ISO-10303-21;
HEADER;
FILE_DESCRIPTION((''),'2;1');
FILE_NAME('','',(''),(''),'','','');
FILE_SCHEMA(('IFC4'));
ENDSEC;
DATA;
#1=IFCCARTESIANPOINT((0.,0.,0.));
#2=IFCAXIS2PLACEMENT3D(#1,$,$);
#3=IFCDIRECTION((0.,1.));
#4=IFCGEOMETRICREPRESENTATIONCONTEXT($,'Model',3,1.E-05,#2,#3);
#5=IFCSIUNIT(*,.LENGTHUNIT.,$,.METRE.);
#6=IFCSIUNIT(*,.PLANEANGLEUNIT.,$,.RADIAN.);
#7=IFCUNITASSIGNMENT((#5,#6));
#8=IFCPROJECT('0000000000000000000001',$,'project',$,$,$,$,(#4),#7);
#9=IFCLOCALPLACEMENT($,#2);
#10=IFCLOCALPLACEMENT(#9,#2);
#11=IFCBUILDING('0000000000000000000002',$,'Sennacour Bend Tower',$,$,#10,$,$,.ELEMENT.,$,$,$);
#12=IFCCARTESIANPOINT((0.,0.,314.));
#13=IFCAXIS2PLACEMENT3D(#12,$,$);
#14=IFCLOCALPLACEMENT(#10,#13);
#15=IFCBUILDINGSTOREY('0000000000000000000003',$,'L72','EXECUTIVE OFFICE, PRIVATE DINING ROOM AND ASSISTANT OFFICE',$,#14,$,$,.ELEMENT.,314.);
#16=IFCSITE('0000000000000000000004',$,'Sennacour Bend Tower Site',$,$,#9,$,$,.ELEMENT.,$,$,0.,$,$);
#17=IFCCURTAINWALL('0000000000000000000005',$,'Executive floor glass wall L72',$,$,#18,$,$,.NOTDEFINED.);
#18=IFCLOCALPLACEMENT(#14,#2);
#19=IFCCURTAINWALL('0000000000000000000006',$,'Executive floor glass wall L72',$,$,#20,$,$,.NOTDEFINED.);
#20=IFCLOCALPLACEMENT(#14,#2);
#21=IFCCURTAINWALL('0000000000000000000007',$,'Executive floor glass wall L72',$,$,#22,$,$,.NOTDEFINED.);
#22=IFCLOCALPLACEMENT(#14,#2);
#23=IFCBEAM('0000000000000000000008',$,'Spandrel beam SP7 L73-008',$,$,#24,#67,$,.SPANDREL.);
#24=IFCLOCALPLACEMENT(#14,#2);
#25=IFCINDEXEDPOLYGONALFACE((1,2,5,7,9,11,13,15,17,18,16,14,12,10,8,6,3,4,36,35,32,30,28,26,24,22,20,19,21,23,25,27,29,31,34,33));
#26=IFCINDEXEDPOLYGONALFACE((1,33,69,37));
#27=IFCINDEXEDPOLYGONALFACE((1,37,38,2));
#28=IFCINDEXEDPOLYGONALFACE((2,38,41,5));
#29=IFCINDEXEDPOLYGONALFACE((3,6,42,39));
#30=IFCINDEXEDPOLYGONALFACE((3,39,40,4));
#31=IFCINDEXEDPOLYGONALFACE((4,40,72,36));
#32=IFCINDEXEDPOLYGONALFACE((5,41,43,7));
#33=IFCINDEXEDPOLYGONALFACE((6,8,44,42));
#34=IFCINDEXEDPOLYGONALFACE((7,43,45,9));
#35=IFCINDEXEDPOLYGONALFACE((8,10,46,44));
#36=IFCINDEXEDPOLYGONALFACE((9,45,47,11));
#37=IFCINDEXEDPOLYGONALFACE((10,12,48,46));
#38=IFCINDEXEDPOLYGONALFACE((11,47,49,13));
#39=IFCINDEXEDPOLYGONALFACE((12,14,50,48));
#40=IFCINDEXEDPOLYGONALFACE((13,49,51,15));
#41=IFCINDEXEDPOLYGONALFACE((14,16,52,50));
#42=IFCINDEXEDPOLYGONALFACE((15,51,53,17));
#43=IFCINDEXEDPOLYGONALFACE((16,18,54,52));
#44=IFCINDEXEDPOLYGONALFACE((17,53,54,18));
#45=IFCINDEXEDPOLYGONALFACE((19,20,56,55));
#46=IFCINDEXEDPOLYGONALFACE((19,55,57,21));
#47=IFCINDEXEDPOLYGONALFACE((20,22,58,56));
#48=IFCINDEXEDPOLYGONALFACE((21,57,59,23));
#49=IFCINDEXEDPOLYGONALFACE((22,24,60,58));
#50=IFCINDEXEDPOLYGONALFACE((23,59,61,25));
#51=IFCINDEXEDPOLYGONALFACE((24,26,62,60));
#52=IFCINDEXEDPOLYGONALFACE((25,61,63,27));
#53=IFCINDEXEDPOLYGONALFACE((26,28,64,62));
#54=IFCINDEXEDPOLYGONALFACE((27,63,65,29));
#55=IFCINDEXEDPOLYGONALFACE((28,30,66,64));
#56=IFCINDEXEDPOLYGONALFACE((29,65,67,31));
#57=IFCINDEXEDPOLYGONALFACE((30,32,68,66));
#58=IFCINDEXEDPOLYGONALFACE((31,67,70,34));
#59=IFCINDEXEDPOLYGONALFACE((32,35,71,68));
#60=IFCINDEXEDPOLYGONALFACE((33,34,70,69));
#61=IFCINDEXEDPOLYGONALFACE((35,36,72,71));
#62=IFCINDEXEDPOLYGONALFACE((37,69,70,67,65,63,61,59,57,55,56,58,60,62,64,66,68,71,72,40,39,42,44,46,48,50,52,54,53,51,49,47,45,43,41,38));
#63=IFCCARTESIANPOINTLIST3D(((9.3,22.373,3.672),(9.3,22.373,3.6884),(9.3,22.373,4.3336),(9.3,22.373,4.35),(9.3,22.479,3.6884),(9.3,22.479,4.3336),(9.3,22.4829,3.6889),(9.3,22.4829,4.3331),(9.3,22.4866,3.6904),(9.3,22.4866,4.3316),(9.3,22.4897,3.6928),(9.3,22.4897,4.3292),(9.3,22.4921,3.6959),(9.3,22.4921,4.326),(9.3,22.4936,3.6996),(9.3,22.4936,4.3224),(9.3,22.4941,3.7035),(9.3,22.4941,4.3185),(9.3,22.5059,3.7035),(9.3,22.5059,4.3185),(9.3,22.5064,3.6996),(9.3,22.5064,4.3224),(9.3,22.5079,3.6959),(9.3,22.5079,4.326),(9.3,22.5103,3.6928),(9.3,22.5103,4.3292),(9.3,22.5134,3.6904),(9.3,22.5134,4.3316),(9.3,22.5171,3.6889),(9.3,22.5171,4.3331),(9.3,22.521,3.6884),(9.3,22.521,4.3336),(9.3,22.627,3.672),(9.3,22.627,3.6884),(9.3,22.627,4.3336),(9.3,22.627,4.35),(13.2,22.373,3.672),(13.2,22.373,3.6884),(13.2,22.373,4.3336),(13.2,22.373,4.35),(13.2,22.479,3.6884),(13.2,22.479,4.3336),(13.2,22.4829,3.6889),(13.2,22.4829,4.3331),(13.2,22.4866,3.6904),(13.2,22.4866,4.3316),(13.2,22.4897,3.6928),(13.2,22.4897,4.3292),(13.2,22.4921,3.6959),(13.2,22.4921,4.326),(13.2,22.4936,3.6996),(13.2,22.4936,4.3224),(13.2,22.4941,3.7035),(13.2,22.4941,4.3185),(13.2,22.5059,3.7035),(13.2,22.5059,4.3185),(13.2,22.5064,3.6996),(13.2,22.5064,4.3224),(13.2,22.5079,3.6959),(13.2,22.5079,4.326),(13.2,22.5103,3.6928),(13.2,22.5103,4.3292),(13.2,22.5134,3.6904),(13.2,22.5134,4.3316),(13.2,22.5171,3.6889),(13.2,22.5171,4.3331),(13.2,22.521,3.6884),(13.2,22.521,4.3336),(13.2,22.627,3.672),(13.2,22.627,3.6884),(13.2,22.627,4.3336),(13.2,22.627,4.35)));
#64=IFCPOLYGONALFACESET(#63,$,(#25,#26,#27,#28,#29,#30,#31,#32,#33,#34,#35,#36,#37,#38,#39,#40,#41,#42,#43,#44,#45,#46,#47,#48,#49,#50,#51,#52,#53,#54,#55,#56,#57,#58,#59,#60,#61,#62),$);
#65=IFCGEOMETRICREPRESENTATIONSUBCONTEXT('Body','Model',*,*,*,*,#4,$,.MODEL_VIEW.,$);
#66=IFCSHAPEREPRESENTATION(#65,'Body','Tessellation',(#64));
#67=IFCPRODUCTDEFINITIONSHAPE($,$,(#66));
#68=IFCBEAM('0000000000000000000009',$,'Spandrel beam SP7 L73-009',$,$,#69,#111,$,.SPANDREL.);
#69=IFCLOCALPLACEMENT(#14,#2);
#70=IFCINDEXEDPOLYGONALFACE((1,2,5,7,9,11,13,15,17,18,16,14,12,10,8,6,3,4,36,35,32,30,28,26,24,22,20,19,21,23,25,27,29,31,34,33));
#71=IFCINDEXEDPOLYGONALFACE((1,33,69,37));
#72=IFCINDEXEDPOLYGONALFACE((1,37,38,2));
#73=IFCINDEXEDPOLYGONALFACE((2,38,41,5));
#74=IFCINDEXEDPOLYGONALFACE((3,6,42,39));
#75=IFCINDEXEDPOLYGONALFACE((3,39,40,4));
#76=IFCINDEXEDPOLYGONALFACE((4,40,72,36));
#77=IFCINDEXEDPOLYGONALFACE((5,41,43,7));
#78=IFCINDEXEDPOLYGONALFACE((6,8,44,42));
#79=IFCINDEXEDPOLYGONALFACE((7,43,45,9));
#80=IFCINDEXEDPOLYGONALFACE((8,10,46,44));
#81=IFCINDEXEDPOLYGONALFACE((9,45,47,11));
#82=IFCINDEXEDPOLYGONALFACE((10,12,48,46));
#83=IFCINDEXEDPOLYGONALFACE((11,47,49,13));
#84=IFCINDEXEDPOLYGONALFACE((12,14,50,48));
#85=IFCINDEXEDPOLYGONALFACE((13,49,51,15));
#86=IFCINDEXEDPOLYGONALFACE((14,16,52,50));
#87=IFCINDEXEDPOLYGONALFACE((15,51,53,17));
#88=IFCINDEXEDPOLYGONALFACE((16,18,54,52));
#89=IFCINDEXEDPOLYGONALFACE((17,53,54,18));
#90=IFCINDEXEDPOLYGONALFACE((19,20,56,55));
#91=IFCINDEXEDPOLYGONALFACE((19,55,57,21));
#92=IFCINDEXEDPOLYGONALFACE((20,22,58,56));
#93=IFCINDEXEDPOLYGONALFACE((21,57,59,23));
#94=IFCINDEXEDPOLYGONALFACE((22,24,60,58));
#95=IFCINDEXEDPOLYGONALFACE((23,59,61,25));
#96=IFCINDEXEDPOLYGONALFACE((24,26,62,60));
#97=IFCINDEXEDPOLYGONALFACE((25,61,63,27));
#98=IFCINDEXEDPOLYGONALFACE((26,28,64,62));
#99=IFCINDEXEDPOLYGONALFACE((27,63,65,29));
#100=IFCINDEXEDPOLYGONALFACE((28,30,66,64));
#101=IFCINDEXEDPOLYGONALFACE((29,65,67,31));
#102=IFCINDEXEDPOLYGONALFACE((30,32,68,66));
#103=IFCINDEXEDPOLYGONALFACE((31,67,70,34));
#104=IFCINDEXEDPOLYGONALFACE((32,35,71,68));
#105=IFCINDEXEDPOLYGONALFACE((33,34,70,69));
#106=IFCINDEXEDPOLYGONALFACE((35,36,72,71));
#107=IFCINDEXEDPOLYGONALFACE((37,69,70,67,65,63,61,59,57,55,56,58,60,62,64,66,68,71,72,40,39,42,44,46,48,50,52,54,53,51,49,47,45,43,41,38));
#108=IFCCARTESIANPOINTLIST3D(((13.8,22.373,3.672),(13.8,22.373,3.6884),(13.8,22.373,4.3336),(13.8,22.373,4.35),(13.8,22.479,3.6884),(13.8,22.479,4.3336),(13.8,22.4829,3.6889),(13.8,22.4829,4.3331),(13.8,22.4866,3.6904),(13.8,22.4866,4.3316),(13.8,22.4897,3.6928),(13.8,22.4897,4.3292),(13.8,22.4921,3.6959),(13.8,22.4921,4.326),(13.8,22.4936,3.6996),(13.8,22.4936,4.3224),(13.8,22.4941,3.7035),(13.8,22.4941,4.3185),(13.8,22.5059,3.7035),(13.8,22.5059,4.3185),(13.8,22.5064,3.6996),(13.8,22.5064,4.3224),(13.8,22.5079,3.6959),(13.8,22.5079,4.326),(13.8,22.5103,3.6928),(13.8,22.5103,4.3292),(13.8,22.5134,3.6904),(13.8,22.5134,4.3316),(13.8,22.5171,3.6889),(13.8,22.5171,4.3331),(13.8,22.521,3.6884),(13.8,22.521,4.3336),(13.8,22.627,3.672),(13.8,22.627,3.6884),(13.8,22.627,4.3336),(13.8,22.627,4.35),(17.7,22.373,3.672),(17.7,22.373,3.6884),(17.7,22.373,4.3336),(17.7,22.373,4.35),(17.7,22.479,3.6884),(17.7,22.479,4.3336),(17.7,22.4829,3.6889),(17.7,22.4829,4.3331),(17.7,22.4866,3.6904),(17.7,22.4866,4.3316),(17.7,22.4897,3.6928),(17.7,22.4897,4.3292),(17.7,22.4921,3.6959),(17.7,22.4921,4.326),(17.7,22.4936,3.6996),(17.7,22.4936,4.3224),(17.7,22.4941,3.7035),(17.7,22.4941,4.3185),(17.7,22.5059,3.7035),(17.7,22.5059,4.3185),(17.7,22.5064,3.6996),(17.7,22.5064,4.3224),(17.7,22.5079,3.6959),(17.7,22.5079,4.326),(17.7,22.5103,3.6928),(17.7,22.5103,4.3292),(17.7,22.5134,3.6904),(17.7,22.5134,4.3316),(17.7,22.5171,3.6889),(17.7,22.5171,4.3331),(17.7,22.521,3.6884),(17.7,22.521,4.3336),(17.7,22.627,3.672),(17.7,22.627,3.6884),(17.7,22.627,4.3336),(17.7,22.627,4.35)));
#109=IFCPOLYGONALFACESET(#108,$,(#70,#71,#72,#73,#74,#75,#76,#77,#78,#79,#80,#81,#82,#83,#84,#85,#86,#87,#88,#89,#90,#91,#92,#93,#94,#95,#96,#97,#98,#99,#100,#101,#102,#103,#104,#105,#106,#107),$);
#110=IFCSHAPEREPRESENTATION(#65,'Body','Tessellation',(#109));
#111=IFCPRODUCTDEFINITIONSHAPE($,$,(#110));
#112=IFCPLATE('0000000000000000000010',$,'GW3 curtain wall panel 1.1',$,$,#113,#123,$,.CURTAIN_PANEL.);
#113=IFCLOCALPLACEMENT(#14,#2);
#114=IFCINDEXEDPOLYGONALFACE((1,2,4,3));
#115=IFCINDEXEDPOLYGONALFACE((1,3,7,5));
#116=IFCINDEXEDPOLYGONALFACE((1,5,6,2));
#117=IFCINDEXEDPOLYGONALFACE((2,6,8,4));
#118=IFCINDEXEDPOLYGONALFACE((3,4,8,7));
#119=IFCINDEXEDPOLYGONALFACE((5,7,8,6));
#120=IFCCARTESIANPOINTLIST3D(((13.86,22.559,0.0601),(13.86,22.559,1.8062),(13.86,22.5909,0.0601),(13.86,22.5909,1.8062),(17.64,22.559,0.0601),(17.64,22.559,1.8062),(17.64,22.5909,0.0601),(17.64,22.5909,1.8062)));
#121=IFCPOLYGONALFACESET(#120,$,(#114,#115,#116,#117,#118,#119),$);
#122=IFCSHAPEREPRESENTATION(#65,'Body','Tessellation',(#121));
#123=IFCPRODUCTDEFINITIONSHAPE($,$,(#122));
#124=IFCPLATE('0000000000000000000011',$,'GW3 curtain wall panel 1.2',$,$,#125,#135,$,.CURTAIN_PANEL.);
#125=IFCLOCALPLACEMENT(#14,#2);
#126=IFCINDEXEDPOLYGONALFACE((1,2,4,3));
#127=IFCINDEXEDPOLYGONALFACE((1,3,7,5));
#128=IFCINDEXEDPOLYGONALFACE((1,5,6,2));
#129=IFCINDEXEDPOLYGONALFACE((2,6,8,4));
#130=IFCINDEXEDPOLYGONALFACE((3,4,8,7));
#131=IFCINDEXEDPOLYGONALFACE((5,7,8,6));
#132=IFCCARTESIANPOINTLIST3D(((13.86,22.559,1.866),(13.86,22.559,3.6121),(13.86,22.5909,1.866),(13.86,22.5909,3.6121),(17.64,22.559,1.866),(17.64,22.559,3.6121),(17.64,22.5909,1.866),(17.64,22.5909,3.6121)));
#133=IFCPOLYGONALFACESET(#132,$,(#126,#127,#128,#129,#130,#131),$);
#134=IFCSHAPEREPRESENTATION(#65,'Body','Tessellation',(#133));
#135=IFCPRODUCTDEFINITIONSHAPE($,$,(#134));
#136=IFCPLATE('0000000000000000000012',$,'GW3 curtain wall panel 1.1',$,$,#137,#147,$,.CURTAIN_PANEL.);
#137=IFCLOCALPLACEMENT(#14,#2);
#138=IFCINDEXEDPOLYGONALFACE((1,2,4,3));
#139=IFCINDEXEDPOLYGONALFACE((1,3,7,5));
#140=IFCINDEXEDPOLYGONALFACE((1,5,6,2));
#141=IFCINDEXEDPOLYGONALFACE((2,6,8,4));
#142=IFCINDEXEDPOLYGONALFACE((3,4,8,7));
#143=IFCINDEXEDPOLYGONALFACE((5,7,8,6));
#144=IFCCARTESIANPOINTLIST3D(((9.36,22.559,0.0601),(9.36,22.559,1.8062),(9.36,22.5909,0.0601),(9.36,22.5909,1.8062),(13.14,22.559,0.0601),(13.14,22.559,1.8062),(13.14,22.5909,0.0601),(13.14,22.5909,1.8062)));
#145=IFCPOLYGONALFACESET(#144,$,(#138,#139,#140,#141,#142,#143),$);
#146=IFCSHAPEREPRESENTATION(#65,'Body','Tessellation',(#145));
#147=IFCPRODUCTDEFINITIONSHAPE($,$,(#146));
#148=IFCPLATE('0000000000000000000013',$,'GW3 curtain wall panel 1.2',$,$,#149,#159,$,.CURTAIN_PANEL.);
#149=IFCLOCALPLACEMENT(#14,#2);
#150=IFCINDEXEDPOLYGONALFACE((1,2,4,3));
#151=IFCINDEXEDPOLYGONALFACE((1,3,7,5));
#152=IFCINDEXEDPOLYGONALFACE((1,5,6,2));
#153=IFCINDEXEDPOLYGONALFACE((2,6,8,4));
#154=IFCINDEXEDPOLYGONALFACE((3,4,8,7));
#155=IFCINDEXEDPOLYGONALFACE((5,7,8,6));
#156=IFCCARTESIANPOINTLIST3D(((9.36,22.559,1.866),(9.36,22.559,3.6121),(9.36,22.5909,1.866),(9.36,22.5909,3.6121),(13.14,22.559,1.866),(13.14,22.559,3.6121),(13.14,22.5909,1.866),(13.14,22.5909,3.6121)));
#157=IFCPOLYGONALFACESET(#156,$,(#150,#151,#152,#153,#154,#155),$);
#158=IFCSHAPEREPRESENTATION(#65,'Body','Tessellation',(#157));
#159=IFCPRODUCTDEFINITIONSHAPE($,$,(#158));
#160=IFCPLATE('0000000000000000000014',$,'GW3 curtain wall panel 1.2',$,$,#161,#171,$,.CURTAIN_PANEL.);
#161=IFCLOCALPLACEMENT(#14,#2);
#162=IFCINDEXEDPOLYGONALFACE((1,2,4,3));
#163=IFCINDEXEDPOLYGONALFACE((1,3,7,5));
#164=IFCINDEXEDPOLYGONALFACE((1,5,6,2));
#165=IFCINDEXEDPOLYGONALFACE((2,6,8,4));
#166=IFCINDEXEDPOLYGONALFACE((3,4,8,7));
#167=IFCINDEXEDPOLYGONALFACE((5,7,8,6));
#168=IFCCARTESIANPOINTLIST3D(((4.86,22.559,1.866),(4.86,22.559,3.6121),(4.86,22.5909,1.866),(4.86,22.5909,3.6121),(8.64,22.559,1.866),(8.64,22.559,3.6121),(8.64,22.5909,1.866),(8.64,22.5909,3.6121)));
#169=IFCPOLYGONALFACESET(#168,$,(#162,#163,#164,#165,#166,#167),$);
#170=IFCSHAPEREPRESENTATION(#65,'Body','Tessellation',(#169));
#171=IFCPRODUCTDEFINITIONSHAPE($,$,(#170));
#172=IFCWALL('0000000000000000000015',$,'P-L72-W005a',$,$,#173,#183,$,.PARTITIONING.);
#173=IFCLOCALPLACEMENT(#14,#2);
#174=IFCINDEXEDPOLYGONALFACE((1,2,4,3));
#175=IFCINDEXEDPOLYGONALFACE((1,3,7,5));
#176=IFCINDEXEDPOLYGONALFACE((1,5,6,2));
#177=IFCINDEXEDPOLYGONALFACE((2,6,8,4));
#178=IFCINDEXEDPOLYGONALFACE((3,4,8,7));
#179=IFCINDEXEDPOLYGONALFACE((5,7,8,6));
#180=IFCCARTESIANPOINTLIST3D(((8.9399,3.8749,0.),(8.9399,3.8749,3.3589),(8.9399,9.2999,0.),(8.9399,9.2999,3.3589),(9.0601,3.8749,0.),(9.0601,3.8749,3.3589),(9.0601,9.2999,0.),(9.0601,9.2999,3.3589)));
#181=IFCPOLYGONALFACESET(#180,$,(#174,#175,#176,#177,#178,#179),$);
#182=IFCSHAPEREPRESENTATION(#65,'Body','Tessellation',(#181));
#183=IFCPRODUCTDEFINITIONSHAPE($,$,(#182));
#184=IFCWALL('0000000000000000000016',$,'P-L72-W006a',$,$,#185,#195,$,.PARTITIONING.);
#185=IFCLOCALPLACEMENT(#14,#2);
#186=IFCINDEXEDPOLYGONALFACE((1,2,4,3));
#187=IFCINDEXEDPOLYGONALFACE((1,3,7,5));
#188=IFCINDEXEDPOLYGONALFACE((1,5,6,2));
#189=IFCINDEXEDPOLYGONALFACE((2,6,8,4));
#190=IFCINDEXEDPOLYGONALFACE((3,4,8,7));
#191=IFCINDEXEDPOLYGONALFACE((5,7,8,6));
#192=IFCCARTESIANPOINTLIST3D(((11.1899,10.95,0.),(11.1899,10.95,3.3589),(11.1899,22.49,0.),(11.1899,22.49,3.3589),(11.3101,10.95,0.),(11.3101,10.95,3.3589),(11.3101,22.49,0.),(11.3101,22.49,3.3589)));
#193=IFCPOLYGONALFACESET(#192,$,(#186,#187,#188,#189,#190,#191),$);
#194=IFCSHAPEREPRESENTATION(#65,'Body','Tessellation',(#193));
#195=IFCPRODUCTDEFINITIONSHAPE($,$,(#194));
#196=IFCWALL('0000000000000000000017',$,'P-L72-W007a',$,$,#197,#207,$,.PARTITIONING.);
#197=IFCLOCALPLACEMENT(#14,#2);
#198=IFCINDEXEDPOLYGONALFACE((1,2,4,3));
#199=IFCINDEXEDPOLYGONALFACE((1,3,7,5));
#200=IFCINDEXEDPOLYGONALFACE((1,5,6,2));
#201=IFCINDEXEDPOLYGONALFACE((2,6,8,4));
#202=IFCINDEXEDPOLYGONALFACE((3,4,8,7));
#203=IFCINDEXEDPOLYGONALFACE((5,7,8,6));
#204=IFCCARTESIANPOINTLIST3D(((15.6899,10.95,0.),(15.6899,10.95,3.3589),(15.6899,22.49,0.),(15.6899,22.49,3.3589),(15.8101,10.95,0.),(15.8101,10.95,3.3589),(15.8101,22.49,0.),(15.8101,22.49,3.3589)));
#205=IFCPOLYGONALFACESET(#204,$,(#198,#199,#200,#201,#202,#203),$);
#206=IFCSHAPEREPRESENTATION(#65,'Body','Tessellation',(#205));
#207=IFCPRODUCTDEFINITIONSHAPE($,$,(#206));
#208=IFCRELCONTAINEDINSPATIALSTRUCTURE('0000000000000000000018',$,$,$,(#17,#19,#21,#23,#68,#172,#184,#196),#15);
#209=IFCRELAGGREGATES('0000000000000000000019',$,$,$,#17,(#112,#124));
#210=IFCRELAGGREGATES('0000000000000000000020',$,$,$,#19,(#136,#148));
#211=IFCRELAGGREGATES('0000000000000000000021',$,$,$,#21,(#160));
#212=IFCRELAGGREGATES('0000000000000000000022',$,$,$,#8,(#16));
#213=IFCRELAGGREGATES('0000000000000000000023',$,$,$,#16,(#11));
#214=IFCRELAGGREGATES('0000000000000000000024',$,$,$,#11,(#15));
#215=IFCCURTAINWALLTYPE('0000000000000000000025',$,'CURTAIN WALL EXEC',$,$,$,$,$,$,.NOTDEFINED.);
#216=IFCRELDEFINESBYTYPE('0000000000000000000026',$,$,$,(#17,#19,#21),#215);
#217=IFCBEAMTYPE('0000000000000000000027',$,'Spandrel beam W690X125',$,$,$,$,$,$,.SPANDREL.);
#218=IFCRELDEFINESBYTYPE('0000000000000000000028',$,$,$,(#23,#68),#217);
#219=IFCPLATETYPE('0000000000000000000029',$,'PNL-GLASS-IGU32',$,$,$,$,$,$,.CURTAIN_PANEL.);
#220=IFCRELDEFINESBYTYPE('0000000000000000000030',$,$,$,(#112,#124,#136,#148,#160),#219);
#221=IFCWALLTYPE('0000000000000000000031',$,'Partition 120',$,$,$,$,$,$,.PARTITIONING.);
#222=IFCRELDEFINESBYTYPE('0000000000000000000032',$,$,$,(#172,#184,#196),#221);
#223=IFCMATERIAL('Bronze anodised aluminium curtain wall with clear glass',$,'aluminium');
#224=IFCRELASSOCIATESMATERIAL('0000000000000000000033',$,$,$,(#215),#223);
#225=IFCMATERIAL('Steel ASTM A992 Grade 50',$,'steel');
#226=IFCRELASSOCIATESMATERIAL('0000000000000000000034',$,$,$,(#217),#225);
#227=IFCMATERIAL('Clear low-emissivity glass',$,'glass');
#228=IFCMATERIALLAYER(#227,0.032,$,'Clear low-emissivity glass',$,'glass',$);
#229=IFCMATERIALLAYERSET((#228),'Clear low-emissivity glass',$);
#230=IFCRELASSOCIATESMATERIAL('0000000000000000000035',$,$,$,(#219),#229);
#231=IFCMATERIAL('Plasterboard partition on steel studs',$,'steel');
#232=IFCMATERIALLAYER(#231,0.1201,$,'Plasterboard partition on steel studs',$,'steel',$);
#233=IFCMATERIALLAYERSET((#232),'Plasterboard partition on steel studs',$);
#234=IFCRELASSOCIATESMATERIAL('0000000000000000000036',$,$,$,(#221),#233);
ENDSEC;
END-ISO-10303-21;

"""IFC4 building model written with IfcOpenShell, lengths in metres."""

from ifc_helpers import new_model, si_unit, direction, frame, frame_2d, origin, origin_2d, place, context, subcontext, project, spatial, rectangle, i_section, extrude, material, layer, layer_set, material_profile, profile_set, type_object, element, aggregate, save


model = new_model("IFC4")

# Units and contexts
model_context = context("Model", 3, precision=1e-05, world=origin(), true_north=direction((0.0, 1.0)))
body_context = subcontext(model_context, "Body", "Model", "MODEL_VIEW")
ifc_project = project(units=[si_unit("LENGTHUNIT", "METRE"), si_unit("PLANEANGLEUNIT", "RADIAN")], contexts=[model_context])

# Site, building, storey
site_placement = place(None, origin())
site = spatial("IfcSite", under=ifc_project, at=site_placement, Name="Sennacour Bend Tower Site", CompositionType="ELEMENT", RefElevation=0.0)
building_placement = place(site_placement, origin())
building = spatial("IfcBuilding", under=site, at=building_placement, Name="Sennacour Bend Tower", CompositionType="ELEMENT")
storey_placement = place(building_placement, frame((0.0, 0.0, 314.0)))
storey = spatial("IfcBuildingStorey", under=building, at=storey_placement, Name="L72", Description="EXECUTIVE OFFICE, PRIVATE DINING ROOM AND ASSISTANT OFFICE", CompositionType="ELEMENT", Elevation=314.0)

# Curtain wall
ifc_material_1 = material(Name="Bronze anodised aluminium curtain wall with clear glass", Category="aluminium")
curtain_wall_type = type_object("IfcCurtainWallType", Name="CURTAIN WALL EXEC", PredefinedType="NOTDEFINED", material=ifc_material_1)
curtain_wall_1_placement = place(storey_placement, origin())
curtain_wall_1 = element("IfcCurtainWall", 1, at=curtain_wall_1_placement, inside=storey, type_object=curtain_wall_type, Name="Executive floor glass wall L72", PredefinedType="NOTDEFINED")

# Curtain wall
curtain_wall_2_placement = place(storey_placement, origin())
curtain_wall_2 = element("IfcCurtainWall", 2, at=curtain_wall_2_placement, inside=storey, type_object=curtain_wall_type, Name="Executive floor glass wall L72", PredefinedType="NOTDEFINED")

# Curtain wall
curtain_wall_3_placement = place(storey_placement, origin())
curtain_wall_3 = element("IfcCurtainWall", 3, at=curtain_wall_3_placement, inside=storey, type_object=curtain_wall_type, Name="Executive floor glass wall L72", PredefinedType="NOTDEFINED")

# Beams
ifc_material_2 = material(Name="Steel ASTM A992 Grade 50", Category="steel")
ifc_material_profile_1 = material_profile(ifc_material_2, i_section(OverallWidth=0.2539, OverallDepth=0.678, WebThickness=0.0117, FlangeThickness=0.0164, FilletRadius=0.0151, at=origin_2d()), Name="Steel ASTM A992 Grade 50", Category="steel")
ifc_profile_set_1 = profile_set([ifc_material_profile_1], Name="Steel ASTM A992 Grade 50")
beam_type = type_object("IfcBeamType", Name="Spandrel beam W690X125", PredefinedType="SPANDREL", material=ifc_profile_set_1)
for number, where, z_axis, x_axis, name in (
    (4, (9.3, 22.5, 4.011), (1.0, 0.0, 0.0), (0.0, 1.0, 0.0), "Spandrel beam SP7 L73-008"),
    (5, (13.8, 22.5, 4.011), (1.0, 0.0, 0.0), (0.0, 1.0, 0.0), "Spandrel beam SP7 L73-009"),
):
    element("IfcBeam", number, at=place(storey_placement, frame(where, z_axis=z_axis, x_axis=x_axis)), inside=storey, type_object=beam_type, Name=name, PredefinedType="SPANDREL", context=body_context, shape_type="SweptSolid", body=[
        extrude(i_section(OverallWidth=0.2539, OverallDepth=0.678, WebThickness=0.0117, FlangeThickness=0.0164, FilletRadius=0.0151, at=origin_2d()), origin(), (0.0, 0.0, 1.0), 3.8999),
    ])

# Plates
ifc_material_3 = material(Name="Clear low-emissivity glass", Category="glass")
ifc_layer_1 = layer(ifc_material_3, 0.032, Name="Clear low-emissivity glass", Category="glass")
ifc_layer_set_1 = layer_set([ifc_layer_1], Name="Clear low-emissivity glass")
plate_type = type_object("IfcPlateType", Name="PNL-GLASS-IGU32", PredefinedType="CURTAIN_PANEL", material=ifc_layer_set_1)
plate_1_placement = place(storey_placement, frame((15.75, 22.575, 0.0601), z_axis=(0.0, 0.0, 1.0), x_axis=(-1.0, 0.0, 0.0)))
plate_1 = element("IfcPlate", 6, at=plate_1_placement, type_object=plate_type, Name="GW3 curtain wall panel 1.1", PredefinedType="CURTAIN_PANEL", context=body_context, shape_type="SweptSolid", body=[
    extrude(rectangle(XDim=3.78, YDim=0.032, at=origin_2d()), origin(), (0.0, 0.0, 1.0), 1.7461),
])
plate_2_placement = place(storey_placement, frame((15.75, 22.575, 1.866), z_axis=(0.0, 0.0, 1.0), x_axis=(-1.0, 0.0, 0.0)))
plate_2 = element("IfcPlate", 7, at=plate_2_placement, type_object=plate_type, Name="GW3 curtain wall panel 1.2", PredefinedType="CURTAIN_PANEL", context=body_context, shape_type="SweptSolid", body=[
    extrude(rectangle(XDim=3.78, YDim=0.032, at=origin_2d()), origin(), (0.0, 0.0, 1.0), 1.7461),
])
aggregate(curtain_wall_1, [plate_1, plate_2])
plate_3_placement = place(storey_placement, frame((11.25, 22.575, 0.0601), z_axis=(0.0, 0.0, 1.0), x_axis=(-1.0, 0.0, 0.0)))
plate_3 = element("IfcPlate", 8, at=plate_3_placement, type_object=plate_type, Name="GW3 curtain wall panel 1.1", PredefinedType="CURTAIN_PANEL", context=body_context, shape_type="SweptSolid", body=[
    extrude(rectangle(XDim=3.78, YDim=0.032, at=origin_2d()), origin(), (0.0, 0.0, 1.0), 1.7461),
])
plate_4_placement = place(storey_placement, frame((11.25, 22.575, 1.866), z_axis=(0.0, 0.0, 1.0), x_axis=(-1.0, 0.0, 0.0)))
plate_4 = element("IfcPlate", 9, at=plate_4_placement, type_object=plate_type, Name="GW3 curtain wall panel 1.2", PredefinedType="CURTAIN_PANEL", context=body_context, shape_type="SweptSolid", body=[
    extrude(rectangle(XDim=3.78, YDim=0.032, at=origin_2d()), origin(), (0.0, 0.0, 1.0), 1.7461),
])
aggregate(curtain_wall_2, [plate_3, plate_4])
plate_5_placement = place(storey_placement, frame((6.75, 22.575, 1.866), z_axis=(0.0, 0.0, 1.0), x_axis=(-1.0, 0.0, 0.0)))
plate_5 = element("IfcPlate", 10, at=plate_5_placement, type_object=plate_type, Name="GW3 curtain wall panel 1.2", PredefinedType="CURTAIN_PANEL", context=body_context, shape_type="SweptSolid", body=[
    extrude(rectangle(XDim=3.78, YDim=0.032, at=origin_2d()), origin(), (0.0, 0.0, 1.0), 1.7461),
])
aggregate(curtain_wall_3, [plate_5])

# Walls
ifc_material_4 = material(Name="Plasterboard partition on steel studs", Category="steel")
ifc_layer_2 = layer(ifc_material_4, 0.1201, Name="Plasterboard partition on steel studs", Category="steel")
ifc_layer_set_2 = layer_set([ifc_layer_2], Name="Plasterboard partition on steel studs")
wall_type = type_object("IfcWallType", Name="Partition 120", PredefinedType="PARTITIONING", material=ifc_layer_set_2)
wall_1_placement = place(storey_placement, frame((9.0, 3.875, 0.0), z_axis=(0.0, 0.0, 1.0), x_axis=(0.0, 1.0, 0.0)))
element("IfcWall", 11, at=wall_1_placement, inside=storey, type_object=wall_type, Name="P-L72-W005a", PredefinedType="PARTITIONING", context=body_context, shape_type="SweptSolid", body=[
    extrude(rectangle(XDim=5.425, YDim=0.1201, at=frame_2d((2.7124, 0.0))), origin(), (0.0, 0.0, 1.0), 3.3589),
])
for number, where, z_axis, x_axis, name in (
    (12, (11.25, 10.95, 0.0), (0.0, 0.0, 1.0), (0.0, 1.0, 0.0), "P-L72-W006a"),
    (13, (15.75, 10.95, 0.0), (0.0, 0.0, 1.0), (0.0, 1.0, 0.0), "P-L72-W007a"),
):
    element("IfcWall", number, at=place(storey_placement, frame(where, z_axis=z_axis, x_axis=x_axis)), inside=storey, type_object=wall_type, Name=name, PredefinedType="PARTITIONING", context=body_context, shape_type="SweptSolid", body=[
        extrude(rectangle(XDim=11.54, YDim=0.1201, at=frame_2d((5.77, 0.0))), origin(), (0.0, 0.0, 1.0), 3.3589),
    ])

save(model, "model.ifc")
